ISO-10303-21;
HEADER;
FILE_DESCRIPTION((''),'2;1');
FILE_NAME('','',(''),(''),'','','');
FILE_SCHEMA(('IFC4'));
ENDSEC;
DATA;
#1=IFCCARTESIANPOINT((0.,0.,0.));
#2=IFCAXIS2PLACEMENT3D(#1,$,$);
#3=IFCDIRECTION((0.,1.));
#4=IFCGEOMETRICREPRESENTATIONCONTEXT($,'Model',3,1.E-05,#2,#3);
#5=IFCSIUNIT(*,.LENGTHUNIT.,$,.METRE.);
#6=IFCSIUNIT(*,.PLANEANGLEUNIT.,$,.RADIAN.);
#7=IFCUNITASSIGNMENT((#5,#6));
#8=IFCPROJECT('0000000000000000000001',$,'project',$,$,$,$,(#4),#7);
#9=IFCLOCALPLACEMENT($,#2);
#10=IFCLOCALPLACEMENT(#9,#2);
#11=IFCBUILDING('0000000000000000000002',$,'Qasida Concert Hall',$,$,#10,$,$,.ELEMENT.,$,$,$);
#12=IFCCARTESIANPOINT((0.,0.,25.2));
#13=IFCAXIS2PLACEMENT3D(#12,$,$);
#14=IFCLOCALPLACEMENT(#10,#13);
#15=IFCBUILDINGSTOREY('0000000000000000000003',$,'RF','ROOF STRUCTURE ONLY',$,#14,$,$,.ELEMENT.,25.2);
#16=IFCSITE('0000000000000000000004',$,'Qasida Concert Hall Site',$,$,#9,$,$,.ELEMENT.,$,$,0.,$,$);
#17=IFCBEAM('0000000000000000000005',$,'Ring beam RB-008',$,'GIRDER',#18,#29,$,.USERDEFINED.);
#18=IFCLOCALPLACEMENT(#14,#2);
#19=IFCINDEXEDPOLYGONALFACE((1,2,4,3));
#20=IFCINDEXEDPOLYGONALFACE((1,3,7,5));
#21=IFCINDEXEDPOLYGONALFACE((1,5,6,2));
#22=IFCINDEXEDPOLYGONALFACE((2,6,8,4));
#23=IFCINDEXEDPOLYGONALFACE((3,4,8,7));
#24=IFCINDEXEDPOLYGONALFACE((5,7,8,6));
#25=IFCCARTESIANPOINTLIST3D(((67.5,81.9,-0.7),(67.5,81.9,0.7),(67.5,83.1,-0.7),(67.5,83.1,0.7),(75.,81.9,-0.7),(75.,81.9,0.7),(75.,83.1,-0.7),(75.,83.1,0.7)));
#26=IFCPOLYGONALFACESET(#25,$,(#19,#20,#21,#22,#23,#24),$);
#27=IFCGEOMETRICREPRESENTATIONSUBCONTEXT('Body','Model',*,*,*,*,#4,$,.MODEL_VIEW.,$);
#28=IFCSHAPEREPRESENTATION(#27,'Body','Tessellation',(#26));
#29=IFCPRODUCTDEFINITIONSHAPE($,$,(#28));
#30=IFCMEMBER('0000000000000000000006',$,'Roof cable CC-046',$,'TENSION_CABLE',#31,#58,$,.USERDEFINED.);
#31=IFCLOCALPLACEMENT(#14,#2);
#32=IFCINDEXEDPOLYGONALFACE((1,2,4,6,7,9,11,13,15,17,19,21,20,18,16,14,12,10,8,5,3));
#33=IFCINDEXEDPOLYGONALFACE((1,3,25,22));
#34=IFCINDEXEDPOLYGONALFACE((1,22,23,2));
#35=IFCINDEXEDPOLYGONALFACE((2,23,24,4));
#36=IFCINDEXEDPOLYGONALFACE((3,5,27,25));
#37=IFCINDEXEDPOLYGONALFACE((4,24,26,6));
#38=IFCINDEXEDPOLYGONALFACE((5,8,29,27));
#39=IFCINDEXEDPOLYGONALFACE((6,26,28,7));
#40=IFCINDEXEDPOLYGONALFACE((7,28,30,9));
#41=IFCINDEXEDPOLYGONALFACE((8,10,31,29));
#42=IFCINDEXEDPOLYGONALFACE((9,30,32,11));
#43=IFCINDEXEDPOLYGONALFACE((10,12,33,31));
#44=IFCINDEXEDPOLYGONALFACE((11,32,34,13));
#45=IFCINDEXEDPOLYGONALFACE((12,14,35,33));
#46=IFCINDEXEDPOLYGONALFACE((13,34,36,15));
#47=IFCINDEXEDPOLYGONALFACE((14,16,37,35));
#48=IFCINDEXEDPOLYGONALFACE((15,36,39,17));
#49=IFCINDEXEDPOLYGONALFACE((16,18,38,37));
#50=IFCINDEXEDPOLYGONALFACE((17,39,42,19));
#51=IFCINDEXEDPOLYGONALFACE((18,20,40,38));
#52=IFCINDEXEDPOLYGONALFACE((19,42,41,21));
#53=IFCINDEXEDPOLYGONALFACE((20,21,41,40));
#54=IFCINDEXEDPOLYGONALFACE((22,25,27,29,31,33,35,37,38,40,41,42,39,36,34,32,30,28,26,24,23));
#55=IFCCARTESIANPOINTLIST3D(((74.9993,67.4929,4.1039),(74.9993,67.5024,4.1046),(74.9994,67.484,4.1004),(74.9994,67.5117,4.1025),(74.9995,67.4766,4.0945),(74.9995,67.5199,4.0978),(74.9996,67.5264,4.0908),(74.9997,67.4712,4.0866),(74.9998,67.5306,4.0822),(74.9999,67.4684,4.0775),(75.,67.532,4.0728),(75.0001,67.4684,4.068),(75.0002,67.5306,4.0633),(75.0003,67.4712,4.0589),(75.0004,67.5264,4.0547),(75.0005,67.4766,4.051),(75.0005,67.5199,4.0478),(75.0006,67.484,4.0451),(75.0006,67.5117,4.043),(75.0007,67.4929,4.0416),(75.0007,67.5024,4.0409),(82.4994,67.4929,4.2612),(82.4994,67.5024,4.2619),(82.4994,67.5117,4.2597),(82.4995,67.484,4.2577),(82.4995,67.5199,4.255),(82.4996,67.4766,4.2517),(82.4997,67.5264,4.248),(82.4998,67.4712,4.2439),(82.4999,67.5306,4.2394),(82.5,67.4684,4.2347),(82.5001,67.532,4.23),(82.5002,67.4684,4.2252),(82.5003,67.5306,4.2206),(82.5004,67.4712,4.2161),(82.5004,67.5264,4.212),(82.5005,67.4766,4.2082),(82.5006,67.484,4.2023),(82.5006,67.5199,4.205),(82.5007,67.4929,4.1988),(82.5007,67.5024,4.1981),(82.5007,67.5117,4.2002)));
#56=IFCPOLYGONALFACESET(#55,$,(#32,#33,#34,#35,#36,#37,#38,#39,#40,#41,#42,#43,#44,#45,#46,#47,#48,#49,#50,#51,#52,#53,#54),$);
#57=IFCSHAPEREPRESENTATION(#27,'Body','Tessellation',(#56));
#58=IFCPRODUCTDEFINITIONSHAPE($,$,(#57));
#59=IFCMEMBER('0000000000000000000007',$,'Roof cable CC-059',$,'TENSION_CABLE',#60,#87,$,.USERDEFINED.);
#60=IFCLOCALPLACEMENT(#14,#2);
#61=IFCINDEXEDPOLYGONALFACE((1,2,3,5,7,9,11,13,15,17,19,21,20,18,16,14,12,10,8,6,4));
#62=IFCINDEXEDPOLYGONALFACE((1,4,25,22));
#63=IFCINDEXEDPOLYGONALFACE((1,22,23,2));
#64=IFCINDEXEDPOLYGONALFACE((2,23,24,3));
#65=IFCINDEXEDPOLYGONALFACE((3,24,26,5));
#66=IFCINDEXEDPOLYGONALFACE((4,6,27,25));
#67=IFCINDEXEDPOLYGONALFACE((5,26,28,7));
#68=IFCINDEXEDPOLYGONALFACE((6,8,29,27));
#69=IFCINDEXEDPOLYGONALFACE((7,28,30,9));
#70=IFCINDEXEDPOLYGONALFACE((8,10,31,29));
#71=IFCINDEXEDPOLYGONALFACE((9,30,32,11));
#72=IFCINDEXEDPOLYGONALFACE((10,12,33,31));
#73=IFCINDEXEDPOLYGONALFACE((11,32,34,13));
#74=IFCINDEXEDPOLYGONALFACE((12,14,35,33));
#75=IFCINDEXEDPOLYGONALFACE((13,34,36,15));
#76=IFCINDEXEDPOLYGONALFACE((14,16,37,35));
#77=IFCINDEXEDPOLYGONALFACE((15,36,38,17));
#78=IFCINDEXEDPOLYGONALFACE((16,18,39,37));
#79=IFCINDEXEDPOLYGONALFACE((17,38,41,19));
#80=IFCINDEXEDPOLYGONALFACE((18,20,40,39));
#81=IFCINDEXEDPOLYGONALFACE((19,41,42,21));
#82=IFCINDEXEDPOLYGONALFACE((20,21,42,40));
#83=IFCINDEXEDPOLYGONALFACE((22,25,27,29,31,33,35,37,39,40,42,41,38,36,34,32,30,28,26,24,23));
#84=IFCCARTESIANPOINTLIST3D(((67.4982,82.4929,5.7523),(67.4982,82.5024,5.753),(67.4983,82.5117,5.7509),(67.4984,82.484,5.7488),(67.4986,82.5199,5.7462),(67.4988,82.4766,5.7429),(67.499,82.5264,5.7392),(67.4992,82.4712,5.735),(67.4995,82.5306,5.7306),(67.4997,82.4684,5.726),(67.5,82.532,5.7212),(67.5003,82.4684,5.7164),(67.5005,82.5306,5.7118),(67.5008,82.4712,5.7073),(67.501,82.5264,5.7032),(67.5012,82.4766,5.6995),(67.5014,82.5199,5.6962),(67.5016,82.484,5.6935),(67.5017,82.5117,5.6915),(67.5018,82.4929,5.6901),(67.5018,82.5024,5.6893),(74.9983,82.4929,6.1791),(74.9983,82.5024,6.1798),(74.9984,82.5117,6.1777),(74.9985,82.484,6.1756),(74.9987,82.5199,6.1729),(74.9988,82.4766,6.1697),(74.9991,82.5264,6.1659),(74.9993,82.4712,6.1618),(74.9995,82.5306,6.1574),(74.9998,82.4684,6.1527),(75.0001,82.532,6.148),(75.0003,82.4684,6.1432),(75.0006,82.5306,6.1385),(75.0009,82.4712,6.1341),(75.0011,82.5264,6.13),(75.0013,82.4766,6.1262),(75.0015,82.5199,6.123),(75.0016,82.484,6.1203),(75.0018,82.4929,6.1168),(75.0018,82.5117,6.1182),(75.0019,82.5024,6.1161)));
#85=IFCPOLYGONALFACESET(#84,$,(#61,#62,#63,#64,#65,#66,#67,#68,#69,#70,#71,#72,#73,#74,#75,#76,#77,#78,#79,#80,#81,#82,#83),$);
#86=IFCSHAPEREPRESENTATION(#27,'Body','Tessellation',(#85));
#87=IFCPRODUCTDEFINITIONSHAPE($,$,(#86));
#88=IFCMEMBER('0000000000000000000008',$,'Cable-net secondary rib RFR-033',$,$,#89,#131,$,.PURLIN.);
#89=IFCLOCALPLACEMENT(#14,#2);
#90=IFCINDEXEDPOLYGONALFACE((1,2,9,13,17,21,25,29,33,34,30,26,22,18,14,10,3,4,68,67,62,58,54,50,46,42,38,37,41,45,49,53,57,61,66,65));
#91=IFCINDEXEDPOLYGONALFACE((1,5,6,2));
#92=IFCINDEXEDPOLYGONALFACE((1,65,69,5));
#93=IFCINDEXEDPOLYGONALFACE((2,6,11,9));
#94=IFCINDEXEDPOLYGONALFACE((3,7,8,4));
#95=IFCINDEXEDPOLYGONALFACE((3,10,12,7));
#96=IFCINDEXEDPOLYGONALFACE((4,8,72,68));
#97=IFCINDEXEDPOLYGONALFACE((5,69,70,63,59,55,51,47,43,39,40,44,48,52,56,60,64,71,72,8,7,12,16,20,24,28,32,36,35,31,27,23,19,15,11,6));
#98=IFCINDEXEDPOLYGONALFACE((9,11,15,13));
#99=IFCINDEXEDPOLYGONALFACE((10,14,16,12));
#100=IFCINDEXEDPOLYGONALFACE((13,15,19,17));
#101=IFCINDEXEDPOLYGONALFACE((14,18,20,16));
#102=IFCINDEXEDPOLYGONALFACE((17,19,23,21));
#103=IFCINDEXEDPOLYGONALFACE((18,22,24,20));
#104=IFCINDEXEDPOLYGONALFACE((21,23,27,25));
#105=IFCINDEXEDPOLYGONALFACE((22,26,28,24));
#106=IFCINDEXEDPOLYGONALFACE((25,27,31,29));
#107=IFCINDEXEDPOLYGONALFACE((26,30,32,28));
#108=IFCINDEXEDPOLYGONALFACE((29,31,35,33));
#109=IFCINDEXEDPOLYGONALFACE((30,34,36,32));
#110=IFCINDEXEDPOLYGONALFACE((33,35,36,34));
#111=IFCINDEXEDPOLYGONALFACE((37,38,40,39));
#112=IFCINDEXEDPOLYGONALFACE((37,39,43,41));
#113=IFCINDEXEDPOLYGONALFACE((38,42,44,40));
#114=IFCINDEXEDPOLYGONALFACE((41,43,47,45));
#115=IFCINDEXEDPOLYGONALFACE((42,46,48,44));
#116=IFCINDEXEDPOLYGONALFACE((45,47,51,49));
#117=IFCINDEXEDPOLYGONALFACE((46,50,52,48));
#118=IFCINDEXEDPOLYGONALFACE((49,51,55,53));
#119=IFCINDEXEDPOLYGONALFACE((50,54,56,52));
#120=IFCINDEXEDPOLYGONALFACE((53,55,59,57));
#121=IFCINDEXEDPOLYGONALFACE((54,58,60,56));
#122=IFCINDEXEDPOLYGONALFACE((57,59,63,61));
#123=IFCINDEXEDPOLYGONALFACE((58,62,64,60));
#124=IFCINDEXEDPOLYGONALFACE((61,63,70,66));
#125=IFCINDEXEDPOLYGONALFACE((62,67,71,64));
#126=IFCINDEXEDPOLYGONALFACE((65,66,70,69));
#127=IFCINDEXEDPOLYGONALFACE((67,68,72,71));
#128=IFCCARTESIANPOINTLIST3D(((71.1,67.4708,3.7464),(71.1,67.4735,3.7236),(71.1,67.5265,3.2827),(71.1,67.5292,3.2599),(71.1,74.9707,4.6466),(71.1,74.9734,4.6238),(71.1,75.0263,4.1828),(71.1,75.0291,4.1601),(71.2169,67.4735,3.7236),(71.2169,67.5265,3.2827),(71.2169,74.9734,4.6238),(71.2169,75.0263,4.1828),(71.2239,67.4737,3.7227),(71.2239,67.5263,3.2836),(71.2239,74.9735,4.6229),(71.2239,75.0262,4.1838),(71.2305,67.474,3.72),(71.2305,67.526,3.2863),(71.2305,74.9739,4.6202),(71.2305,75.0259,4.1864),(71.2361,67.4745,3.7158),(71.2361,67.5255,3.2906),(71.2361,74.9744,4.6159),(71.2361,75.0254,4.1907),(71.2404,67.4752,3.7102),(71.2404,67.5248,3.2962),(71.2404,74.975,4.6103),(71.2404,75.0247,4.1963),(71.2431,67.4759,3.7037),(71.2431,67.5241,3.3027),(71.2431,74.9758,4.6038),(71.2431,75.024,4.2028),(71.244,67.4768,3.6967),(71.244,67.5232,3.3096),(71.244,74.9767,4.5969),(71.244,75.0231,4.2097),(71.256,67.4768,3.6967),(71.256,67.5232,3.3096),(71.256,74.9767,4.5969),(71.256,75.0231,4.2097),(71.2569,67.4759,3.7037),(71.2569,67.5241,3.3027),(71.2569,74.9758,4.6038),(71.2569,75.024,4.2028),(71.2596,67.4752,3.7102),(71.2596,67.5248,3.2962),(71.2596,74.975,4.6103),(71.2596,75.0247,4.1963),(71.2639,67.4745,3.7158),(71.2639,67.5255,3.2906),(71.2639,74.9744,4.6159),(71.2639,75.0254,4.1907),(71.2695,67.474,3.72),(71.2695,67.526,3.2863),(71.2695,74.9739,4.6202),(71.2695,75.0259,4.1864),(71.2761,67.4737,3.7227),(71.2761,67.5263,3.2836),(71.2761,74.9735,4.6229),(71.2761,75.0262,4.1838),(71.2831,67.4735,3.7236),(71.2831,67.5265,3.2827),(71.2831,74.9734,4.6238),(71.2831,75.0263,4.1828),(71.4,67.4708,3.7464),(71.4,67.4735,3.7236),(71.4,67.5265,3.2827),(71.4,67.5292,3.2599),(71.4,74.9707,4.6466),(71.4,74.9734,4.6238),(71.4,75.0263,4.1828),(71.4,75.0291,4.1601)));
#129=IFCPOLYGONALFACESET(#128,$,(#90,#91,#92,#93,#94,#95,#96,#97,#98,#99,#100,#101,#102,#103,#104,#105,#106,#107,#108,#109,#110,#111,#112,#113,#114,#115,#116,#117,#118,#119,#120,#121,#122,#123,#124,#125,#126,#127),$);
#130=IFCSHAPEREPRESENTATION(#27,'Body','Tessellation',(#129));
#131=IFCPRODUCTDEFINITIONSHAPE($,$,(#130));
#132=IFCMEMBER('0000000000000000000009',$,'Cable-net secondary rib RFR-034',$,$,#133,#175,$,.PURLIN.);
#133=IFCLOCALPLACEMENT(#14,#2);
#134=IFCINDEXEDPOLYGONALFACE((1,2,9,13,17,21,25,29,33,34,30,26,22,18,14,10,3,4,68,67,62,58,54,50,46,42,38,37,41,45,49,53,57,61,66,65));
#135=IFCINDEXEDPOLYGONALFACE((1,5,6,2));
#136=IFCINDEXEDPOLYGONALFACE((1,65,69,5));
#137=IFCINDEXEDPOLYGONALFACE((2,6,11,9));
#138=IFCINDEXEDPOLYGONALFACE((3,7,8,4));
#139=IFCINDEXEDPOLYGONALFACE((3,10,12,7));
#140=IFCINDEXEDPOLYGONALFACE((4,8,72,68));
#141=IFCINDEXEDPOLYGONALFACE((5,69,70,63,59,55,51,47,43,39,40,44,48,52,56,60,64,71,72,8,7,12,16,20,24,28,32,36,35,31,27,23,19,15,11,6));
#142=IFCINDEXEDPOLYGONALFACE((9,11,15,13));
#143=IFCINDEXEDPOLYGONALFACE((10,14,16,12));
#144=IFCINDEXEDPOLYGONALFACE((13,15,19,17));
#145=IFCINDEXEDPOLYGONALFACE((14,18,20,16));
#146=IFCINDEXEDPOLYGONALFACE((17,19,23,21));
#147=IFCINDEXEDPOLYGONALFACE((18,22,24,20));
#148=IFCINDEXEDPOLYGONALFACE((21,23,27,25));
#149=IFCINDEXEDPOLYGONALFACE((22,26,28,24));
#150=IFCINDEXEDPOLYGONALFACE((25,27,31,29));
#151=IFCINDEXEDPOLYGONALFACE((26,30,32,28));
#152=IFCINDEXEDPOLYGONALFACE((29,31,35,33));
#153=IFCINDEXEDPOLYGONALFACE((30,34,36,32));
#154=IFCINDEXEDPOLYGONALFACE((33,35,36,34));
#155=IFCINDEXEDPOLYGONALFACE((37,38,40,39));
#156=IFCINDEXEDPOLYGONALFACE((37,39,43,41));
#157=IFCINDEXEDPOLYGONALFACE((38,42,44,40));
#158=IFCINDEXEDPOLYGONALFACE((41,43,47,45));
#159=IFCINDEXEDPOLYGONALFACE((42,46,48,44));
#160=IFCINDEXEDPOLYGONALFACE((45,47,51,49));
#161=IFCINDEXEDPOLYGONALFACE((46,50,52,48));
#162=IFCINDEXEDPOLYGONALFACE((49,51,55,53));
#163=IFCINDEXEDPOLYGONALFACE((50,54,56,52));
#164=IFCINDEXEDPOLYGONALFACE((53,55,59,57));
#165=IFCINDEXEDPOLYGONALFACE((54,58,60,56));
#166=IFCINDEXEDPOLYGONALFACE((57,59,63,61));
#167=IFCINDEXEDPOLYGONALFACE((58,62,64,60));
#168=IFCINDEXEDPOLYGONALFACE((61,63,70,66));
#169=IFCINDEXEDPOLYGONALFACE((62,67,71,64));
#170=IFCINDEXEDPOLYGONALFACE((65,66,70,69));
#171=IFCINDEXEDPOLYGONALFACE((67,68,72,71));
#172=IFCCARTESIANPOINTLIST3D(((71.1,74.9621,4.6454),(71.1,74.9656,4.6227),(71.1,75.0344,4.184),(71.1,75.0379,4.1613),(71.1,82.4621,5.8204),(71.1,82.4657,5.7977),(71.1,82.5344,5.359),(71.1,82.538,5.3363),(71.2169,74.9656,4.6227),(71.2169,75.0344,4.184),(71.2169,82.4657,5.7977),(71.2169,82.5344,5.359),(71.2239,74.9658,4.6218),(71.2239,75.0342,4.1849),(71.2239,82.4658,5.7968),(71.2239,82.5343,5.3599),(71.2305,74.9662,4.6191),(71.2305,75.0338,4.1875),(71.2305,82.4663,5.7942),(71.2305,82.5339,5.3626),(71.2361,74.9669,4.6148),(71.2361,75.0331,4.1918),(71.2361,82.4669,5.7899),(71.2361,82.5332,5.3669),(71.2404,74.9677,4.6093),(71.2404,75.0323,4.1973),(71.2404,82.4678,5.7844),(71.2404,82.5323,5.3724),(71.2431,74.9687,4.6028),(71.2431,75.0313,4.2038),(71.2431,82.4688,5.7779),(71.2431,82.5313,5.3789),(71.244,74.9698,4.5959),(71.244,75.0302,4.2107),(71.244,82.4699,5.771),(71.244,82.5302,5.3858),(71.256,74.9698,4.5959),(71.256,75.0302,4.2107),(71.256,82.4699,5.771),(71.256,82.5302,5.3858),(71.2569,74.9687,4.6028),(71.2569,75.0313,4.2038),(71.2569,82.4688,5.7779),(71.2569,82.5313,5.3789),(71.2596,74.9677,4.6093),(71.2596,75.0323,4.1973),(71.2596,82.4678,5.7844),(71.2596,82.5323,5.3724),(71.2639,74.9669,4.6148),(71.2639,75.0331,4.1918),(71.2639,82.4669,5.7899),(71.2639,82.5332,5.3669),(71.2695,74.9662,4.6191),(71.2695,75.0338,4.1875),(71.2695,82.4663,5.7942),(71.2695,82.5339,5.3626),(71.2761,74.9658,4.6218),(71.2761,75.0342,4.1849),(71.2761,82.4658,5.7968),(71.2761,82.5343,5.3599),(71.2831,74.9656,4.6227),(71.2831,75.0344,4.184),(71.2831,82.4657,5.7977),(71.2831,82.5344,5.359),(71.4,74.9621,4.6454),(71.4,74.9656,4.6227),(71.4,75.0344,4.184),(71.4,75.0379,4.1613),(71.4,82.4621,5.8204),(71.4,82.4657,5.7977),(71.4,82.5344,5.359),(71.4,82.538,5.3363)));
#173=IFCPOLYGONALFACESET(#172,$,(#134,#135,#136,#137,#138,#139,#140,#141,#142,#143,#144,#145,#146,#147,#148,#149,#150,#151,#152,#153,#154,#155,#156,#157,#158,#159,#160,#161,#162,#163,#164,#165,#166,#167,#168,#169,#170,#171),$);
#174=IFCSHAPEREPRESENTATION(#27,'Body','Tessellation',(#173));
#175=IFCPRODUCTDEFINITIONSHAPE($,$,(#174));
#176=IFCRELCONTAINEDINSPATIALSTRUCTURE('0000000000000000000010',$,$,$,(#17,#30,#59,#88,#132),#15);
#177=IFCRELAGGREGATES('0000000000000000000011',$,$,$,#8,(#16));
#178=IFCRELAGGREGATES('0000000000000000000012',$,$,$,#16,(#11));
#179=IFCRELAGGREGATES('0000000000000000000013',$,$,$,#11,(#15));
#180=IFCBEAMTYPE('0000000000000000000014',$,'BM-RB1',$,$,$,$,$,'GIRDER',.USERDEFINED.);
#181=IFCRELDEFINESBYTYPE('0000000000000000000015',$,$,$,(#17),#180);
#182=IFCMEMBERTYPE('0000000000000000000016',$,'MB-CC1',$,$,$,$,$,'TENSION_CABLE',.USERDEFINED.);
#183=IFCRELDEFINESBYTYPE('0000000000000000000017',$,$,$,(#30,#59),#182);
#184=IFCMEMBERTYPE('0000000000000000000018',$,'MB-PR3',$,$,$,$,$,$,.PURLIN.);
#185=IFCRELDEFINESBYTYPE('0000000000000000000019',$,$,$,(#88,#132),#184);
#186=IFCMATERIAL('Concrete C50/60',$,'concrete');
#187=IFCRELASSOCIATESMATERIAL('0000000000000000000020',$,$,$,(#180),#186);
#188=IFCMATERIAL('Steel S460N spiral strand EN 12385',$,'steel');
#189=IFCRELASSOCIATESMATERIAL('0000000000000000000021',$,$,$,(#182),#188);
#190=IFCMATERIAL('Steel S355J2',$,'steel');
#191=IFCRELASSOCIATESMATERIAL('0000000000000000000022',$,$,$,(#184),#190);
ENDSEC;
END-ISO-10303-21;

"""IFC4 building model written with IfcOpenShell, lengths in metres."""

from ifc_helpers import new_model, si_unit, direction, frame, origin, origin_2d, place, context, subcontext, project, spatial, rectangle, circle, i_section, extrude, material, material_profile, profile_set, type_object, element, save


model = new_model("IFC4")

# Units and contexts
model_context = context("Model", 3, precision=1e-05, world=origin(), true_north=direction((0.0, 1.0)))
body_context = subcontext(model_context, "Body", "Model", "MODEL_VIEW")
ifc_project = project(units=[si_unit("LENGTHUNIT", "METRE"), si_unit("PLANEANGLEUNIT", "RADIAN")], contexts=[model_context])

# Site, building, storey
site_placement = place(None, origin())
site = spatial("IfcSite", under=ifc_project, at=site_placement, Name="Qasida Concert Hall Site", CompositionType="ELEMENT", RefElevation=0.0)
building_placement = place(site_placement, origin())
building = spatial("IfcBuilding", under=site, at=building_placement, Name="Qasida Concert Hall", CompositionType="ELEMENT")
storey_placement = place(building_placement, frame((0.0, 0.0, 25.2)))
storey = spatial("IfcBuildingStorey", under=building, at=storey_placement, Name="RF", Description="ROOF STRUCTURE ONLY", CompositionType="ELEMENT", Elevation=25.2)

# Beam
ifc_material_1 = material(Name="Concrete C50/60", Category="concrete")
ifc_material_profile_1 = material_profile(ifc_material_1, rectangle(XDim=1.2, YDim=1.3999, at=origin_2d()), Name="RC 1200x1400")
ifc_profile_set_1 = profile_set([ifc_material_profile_1], Name="Concrete C50/60")
beam_type = type_object("IfcBeamType", Name="BM-RB1", ElementType="GIRDER", PredefinedType="USERDEFINED", material=ifc_profile_set_1)
beam_placement = place(storey_placement, frame((67.5, 82.5, 0.0), z_axis=(1.0, 0.0, 0.0), x_axis=(0.0, 1.0, 0.0)))
element("IfcBeam", 1, at=beam_placement, inside=storey, type_object=beam_type, Name="Ring beam RB-008", ObjectType="GIRDER", PredefinedType="USERDEFINED", context=body_context, shape_type="SweptSolid", body=[
    extrude(rectangle(XDim=1.2, YDim=1.3999, at=origin_2d()), origin(), (0.0, 0.0, 1.0), 7.5),
])

# Members
ifc_material_2 = material(Name="Steel S460N spiral strand EN 12385", Category="steel")
ifc_material_profile_2 = material_profile(ifc_material_2, circle(Radius=0.032, at=origin_2d()), Name="STRAND D64")
ifc_profile_set_2 = profile_set([ifc_material_profile_2], Name="Steel S460N spiral strand EN 12385")
member_type_1 = type_object("IfcMemberType", Name="MB-CC1", ElementType="TENSION_CABLE", PredefinedType="USERDEFINED", material=ifc_profile_set_2)
member_1_placement = place(storey_placement, frame((75.0, 67.5, 4.0728), z_axis=(0.99978, 0.0, 0.020959), x_axis=(0.0, 1.0, 0.0)))
element("IfcMember", 2, at=member_1_placement, inside=storey, type_object=member_type_1, Name="Roof cable CC-046", ObjectType="TENSION_CABLE", PredefinedType="USERDEFINED", context=body_context, shape_type="SweptSolid", body=[
    extrude(circle(Radius=0.032, at=origin_2d()), origin(), (0.0, 0.0, 1.0), 7.5017),
])
member_2_placement = place(storey_placement, frame((67.5, 82.5, 5.7212), z_axis=(0.998385, 0.0, 0.056809), x_axis=(0.0, 1.0, 0.0)))
element("IfcMember", 3, at=member_2_placement, inside=storey, type_object=member_type_1, Name="Roof cable CC-059", ObjectType="TENSION_CABLE", PredefinedType="USERDEFINED", context=body_context, shape_type="SweptSolid", body=[
    extrude(circle(Radius=0.032, at=origin_2d()), origin(), (0.0, 0.0, 1.0), 7.5122),
])
ifc_material_3 = material(Name="Steel S355J2", Category="steel")
ifc_material_profile_3 = material_profile(ifc_material_3, i_section(OverallWidth=0.3, OverallDepth=0.49, WebThickness=0.012, FlangeThickness=0.0229, FilletRadius=0.0271, at=origin_2d()), Name="HEA 500")
ifc_profile_set_3 = profile_set([ifc_material_profile_3], Name="Steel S355J2")
member_type_2 = type_object("IfcMemberType", Name="MB-PR3", PredefinedType="PURLIN", material=ifc_profile_set_3)
member_3_placement = place(storey_placement, frame((71.25, 67.5, 3.5032), z_axis=(0.0, 0.992875, 0.119164), x_axis=(-1.0, 0.0, 0.0)))
element("IfcMember", 4, at=member_3_placement, inside=storey, type_object=member_type_2, Name="Cable-net secondary rib RFR-033", PredefinedType="PURLIN", context=body_context, shape_type="SweptSolid", body=[
    extrude(i_section(OverallWidth=0.3, OverallDepth=0.49, WebThickness=0.012, FlangeThickness=0.0229, FilletRadius=0.0271, at=origin_2d()), origin(), (0.0, 0.0, 1.0), 7.5537),
])
member_4_placement = place(storey_placement, frame((71.25, 75.0, 4.4033), z_axis=(0.0, 0.987948, 0.154785), x_axis=(-1.0, 0.0, 0.0)))
element("IfcMember", 5, at=member_4_placement, inside=storey, type_object=member_type_2, Name="Cable-net secondary rib RFR-034", PredefinedType="PURLIN", context=body_context, shape_type="SweptSolid", body=[
    extrude(i_section(OverallWidth=0.3, OverallDepth=0.49, WebThickness=0.012, FlangeThickness=0.0229, FilletRadius=0.0271, at=origin_2d()), origin(), (0.0, 0.0, 1.0), 7.5916),
])

save(model, "model.ifc")
